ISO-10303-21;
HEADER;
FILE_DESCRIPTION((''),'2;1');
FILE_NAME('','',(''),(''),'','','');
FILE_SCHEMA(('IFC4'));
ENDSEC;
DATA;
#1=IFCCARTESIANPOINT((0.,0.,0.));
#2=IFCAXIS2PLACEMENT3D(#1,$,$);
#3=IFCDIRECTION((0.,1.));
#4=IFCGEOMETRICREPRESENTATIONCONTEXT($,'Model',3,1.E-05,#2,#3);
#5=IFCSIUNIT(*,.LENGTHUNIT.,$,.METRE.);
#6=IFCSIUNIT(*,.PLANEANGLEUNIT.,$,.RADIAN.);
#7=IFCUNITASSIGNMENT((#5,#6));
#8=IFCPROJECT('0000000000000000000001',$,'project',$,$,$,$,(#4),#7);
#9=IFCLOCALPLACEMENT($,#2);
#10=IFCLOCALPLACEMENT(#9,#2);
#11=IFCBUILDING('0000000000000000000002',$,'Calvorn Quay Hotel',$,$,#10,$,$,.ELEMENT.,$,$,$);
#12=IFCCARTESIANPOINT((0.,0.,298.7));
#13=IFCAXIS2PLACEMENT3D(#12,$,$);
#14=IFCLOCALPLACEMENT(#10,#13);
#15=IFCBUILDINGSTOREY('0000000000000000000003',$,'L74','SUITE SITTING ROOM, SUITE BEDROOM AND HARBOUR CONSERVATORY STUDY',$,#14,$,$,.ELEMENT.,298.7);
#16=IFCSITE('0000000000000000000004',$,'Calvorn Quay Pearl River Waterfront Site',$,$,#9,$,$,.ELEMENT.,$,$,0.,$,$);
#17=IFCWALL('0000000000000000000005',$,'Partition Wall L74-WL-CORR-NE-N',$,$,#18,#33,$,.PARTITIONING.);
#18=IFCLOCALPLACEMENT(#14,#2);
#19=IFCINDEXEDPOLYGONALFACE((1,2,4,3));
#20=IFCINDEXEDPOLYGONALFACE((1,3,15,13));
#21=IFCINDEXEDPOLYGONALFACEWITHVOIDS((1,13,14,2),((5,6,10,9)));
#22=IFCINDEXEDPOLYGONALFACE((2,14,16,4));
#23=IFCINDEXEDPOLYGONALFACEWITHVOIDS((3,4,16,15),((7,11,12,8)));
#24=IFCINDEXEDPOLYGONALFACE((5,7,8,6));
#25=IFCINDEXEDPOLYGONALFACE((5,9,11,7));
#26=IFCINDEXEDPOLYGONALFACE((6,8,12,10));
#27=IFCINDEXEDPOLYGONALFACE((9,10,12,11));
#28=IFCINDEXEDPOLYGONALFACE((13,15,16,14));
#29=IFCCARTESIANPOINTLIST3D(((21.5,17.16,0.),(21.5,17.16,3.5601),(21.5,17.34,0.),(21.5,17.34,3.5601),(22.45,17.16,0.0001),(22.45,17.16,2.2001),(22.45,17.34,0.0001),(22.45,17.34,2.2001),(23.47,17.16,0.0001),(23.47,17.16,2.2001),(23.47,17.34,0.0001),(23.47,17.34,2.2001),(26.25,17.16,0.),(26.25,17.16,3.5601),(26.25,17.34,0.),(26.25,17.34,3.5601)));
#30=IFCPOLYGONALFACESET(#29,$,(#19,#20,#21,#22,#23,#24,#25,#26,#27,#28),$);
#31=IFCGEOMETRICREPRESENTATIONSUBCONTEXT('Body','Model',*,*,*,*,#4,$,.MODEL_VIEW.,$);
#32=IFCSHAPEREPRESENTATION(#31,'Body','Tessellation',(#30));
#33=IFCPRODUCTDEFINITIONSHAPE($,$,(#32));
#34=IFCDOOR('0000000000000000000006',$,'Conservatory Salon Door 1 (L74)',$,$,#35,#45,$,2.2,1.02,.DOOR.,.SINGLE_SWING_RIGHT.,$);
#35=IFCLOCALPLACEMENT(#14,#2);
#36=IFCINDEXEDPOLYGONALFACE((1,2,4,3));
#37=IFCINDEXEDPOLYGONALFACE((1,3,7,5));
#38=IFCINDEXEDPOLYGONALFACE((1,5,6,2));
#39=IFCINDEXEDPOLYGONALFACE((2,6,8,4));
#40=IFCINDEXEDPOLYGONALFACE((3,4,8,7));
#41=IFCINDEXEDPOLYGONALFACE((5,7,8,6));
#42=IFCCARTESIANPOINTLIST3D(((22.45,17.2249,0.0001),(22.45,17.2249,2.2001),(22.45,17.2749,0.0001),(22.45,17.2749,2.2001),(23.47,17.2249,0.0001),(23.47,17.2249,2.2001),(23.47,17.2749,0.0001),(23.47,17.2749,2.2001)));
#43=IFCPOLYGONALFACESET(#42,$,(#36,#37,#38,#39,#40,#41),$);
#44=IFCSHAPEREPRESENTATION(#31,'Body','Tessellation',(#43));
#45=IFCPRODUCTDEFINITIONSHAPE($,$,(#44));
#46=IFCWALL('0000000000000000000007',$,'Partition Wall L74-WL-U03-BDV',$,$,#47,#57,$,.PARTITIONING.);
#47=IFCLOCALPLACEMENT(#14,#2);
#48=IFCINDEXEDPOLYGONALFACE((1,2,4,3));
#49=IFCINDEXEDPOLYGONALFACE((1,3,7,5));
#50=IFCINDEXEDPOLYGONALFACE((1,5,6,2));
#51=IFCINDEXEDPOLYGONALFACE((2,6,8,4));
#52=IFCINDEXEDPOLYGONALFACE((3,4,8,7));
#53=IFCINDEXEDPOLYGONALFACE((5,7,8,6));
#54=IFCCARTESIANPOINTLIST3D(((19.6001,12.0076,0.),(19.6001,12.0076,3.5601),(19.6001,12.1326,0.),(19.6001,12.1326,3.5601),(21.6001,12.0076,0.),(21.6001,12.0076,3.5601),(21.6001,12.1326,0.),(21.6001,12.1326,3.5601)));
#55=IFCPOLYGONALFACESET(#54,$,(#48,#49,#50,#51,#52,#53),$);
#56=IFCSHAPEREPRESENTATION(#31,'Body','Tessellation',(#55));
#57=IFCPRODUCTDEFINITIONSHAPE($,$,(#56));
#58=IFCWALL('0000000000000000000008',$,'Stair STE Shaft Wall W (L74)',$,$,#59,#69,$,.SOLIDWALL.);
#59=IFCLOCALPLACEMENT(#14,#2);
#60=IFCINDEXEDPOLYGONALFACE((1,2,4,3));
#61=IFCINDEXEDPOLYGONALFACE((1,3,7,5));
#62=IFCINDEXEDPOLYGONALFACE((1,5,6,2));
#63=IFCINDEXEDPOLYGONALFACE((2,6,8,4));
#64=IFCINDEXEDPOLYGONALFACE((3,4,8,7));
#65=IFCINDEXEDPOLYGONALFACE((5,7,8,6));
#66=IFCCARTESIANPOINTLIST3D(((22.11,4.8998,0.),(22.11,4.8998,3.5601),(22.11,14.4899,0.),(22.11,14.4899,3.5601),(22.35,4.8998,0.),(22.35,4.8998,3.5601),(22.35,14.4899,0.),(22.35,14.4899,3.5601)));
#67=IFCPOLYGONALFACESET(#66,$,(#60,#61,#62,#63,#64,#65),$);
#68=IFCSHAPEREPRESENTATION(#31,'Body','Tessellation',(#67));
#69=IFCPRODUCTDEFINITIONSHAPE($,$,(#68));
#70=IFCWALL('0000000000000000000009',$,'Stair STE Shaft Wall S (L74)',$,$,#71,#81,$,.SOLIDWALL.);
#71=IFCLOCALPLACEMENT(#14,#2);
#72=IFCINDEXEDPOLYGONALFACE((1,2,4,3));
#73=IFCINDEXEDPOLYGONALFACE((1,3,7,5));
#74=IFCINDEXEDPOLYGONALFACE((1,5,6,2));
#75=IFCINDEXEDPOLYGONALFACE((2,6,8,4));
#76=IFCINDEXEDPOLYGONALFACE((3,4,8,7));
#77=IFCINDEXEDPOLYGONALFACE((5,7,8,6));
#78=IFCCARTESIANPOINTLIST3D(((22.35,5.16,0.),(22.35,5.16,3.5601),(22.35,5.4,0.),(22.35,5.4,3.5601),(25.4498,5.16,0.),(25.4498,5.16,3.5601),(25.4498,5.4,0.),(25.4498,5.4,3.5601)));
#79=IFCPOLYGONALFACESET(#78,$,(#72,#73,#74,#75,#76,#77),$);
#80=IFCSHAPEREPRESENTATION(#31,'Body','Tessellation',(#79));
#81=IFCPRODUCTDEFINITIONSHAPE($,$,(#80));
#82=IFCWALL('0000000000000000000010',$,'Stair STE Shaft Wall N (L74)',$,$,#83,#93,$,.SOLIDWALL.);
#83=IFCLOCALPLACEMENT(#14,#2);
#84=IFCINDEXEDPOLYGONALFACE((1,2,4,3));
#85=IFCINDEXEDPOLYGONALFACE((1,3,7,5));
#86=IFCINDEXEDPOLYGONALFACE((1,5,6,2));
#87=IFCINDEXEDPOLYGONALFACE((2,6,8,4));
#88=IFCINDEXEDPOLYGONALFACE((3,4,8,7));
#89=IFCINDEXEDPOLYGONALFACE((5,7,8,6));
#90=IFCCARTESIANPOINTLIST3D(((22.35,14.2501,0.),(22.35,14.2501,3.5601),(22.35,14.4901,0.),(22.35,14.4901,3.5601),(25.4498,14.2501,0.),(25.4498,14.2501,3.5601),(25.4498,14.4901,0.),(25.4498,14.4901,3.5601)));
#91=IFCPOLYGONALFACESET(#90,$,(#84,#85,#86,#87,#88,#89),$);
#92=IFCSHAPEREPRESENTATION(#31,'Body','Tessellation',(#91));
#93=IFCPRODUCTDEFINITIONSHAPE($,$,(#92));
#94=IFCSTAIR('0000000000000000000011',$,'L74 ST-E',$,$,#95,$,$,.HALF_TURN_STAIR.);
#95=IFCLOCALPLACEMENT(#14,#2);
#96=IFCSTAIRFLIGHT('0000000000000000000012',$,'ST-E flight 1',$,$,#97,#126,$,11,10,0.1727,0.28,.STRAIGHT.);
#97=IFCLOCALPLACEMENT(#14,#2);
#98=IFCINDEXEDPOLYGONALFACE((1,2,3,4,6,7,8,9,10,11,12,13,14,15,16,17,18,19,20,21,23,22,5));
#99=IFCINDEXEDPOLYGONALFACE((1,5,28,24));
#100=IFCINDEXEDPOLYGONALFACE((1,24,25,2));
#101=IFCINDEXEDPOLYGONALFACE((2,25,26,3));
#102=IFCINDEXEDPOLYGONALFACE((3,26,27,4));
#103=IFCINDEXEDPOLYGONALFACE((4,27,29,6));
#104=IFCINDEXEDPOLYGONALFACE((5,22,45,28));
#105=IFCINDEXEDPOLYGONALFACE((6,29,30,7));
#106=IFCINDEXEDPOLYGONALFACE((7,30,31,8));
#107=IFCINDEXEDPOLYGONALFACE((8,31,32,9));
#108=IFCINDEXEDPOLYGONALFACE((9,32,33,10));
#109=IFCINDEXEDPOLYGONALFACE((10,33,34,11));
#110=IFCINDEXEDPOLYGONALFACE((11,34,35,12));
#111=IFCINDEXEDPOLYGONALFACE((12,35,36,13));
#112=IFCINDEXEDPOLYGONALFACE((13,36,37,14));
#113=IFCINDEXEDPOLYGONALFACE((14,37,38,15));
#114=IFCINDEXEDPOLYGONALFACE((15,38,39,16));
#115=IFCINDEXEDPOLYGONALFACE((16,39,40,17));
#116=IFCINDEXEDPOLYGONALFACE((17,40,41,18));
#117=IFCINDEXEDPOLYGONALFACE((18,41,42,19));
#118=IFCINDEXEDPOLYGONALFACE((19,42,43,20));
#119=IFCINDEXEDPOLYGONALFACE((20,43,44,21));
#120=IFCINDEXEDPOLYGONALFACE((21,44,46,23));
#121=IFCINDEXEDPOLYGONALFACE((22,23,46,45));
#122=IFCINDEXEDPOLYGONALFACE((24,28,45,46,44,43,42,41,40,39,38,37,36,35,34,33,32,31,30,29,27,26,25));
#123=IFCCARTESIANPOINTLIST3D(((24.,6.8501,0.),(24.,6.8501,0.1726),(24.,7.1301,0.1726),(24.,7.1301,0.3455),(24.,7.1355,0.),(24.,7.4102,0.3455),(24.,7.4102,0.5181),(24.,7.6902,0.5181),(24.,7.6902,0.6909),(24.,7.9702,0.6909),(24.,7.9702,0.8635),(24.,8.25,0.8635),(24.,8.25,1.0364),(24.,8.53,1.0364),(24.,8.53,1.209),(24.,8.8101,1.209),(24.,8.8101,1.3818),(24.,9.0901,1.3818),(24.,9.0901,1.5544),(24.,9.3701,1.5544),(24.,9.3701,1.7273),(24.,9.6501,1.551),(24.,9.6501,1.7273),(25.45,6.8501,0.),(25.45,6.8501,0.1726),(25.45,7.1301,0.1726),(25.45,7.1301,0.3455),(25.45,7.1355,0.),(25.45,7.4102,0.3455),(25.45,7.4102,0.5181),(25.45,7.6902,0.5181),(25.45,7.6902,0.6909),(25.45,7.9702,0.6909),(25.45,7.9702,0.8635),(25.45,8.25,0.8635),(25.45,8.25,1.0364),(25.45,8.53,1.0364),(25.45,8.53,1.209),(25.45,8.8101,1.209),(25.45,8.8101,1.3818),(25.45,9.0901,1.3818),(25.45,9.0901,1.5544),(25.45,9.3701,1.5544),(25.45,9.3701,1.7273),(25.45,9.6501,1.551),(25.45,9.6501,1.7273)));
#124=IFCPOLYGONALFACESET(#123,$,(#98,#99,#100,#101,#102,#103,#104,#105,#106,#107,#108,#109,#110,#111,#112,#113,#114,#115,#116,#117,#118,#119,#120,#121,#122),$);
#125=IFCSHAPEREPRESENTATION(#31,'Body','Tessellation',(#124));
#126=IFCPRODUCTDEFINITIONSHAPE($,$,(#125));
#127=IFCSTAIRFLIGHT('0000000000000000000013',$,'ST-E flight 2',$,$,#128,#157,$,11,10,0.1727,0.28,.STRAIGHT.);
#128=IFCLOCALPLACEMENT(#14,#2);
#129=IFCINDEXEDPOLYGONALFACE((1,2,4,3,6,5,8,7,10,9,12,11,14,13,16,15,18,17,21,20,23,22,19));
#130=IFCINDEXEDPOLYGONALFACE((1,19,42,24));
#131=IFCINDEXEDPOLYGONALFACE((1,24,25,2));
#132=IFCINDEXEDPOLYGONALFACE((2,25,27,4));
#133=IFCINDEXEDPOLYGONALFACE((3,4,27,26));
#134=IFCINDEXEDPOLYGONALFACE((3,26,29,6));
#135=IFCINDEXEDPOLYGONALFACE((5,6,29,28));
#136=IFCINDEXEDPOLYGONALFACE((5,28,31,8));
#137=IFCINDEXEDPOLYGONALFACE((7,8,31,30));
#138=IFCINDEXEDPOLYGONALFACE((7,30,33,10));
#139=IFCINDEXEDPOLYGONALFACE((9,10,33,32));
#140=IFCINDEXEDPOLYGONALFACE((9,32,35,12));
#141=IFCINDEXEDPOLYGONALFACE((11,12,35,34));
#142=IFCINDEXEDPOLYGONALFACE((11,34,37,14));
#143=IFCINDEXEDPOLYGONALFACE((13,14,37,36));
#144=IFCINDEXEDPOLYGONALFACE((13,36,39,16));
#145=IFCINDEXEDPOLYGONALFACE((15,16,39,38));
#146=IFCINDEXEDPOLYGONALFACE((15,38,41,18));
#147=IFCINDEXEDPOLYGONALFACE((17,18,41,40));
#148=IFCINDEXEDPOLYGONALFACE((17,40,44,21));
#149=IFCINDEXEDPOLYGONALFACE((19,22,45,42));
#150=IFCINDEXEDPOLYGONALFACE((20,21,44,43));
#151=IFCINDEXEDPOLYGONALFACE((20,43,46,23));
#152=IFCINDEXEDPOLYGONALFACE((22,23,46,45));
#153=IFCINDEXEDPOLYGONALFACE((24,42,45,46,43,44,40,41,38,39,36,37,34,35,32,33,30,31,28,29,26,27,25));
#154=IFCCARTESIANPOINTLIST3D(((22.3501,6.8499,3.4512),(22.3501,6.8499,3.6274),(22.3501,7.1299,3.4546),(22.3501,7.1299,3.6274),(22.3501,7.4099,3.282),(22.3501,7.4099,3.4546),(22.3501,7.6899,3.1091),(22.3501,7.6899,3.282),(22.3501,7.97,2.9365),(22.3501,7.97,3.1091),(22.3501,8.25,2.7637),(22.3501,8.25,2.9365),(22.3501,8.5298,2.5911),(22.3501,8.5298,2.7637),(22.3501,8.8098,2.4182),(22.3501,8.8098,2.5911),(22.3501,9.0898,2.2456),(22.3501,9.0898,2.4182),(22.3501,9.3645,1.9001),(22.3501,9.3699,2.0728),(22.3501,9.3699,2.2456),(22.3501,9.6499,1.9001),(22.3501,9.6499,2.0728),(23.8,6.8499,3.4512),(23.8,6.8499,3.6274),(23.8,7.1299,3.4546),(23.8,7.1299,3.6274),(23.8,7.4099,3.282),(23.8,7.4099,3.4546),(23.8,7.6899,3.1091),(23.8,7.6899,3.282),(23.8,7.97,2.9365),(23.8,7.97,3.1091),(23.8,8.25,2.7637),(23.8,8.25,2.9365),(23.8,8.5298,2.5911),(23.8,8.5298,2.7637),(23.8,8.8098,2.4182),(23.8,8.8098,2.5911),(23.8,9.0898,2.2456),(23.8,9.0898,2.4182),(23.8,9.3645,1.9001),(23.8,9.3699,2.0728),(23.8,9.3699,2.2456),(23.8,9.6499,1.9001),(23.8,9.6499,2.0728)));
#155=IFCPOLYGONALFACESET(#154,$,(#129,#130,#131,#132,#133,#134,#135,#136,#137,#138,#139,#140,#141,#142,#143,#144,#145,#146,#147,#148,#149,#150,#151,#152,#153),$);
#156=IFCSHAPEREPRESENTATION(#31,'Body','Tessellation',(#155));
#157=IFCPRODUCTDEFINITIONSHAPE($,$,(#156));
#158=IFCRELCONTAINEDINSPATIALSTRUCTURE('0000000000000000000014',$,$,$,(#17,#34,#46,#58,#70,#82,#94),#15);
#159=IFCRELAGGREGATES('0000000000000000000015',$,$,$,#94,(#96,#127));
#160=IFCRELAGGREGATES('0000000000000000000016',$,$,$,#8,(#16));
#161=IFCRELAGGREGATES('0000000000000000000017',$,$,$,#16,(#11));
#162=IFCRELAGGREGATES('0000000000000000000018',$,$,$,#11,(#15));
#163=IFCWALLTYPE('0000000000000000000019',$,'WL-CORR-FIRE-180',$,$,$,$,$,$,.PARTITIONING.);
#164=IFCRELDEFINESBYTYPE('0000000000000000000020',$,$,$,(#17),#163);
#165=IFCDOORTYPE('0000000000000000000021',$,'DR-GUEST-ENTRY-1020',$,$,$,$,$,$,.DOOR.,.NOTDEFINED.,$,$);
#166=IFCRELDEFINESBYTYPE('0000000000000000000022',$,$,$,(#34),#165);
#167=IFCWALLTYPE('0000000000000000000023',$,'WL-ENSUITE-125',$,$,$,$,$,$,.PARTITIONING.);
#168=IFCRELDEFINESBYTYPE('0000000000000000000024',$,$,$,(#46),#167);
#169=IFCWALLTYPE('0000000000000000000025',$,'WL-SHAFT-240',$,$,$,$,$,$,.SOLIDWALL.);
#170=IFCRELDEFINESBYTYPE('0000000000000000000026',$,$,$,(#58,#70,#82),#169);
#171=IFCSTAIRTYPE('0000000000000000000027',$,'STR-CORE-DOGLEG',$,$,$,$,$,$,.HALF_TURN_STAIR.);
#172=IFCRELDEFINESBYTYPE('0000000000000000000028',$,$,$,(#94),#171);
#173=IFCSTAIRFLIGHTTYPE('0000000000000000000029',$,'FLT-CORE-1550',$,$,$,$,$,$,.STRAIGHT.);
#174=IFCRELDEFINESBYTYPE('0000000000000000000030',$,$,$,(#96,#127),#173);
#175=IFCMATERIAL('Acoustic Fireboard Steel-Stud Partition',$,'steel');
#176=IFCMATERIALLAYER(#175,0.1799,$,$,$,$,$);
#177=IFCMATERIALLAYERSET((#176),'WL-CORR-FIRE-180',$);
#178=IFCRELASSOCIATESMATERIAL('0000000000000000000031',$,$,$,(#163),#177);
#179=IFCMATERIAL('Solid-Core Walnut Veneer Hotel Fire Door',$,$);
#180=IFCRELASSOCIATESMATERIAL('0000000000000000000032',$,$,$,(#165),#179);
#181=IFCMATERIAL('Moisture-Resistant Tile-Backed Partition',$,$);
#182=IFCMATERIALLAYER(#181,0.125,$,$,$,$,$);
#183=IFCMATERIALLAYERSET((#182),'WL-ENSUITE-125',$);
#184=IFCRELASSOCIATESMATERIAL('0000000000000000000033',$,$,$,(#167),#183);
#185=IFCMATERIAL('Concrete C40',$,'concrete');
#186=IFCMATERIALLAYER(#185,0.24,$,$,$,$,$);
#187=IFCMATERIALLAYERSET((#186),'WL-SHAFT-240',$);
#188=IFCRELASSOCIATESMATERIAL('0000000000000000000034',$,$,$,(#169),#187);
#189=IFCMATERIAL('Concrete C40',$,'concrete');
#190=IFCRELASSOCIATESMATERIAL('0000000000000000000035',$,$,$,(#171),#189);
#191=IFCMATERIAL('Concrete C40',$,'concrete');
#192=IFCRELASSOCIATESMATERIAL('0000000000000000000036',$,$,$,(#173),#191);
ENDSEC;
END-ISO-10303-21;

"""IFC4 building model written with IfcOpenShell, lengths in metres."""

from ifc_helpers import new_model, si_unit, direction, frame, frame_2d, origin, place, context, subcontext, project, spatial, polyline, rectangle, outline, extrude, material, layer, layer_set, type_object, element, fill, aggregate, save


model = new_model("IFC4")

# Units and contexts
model_context = context("Model", 3, precision=1e-05, world=origin(), true_north=direction((0.0, 1.0)))
body_context = subcontext(model_context, "Body", "Model", "MODEL_VIEW")
ifc_project = project(units=[si_unit("LENGTHUNIT", "METRE"), si_unit("PLANEANGLEUNIT", "RADIAN")], contexts=[model_context])

# Site, building, storey
site_placement = place(None, origin())
site = spatial("IfcSite", under=ifc_project, at=site_placement, Name="Calvorn Quay Pearl River Waterfront Site", CompositionType="ELEMENT", RefElevation=0.0)
building_placement = place(site_placement, origin())
building = spatial("IfcBuilding", under=site, at=building_placement, Name="Calvorn Quay Hotel", CompositionType="ELEMENT")
storey_placement = place(building_placement, frame((0.0, 0.0, 298.7)))
storey = spatial("IfcBuildingStorey", under=building, at=storey_placement, Name="L74", Description="SUITE SITTING ROOM, SUITE BEDROOM AND HARBOUR CONSERVATORY STUDY", CompositionType="ELEMENT", Elevation=298.7)

# Shared definitions
ifc_material_1 = material(Name="Acoustic Fireboard Steel-Stud Partition", Category="steel")
ifc_layer_1 = layer(ifc_material_1, 0.1799)
ifc_layer_set_1 = layer_set([ifc_layer_1], Name="WL-CORR-FIRE-180")
wall_type_1 = type_object("IfcWallType", Name="WL-CORR-FIRE-180", PredefinedType="PARTITIONING", material=ifc_layer_set_1)
ifc_material_2 = material(Name="Solid-Core Walnut Veneer Hotel Fire Door")
door_type_1 = type_object("IfcDoorType", Name="DR-GUEST-ENTRY-1020", OperationType="NOTDEFINED", PredefinedType="DOOR", material=ifc_material_2)

# Wall, opening, door
wall_1_placement = place(storey_placement, frame((21.5, 17.25, 0.0), z_axis=(0.0, 0.0, 1.0), x_axis=(1.0, 0.0, 0.0)))
wall_1 = element("IfcWall", 1, at=wall_1_placement, inside=storey, type_object=wall_type_1, Name="Partition Wall L74-WL-CORR-NE-N", PredefinedType="PARTITIONING", context=body_context, shape_type="SweptSolid", body=[
    extrude(rectangle(XDim=4.75, YDim=0.1799, at=frame_2d((2.375, 0.0))), origin(), (0.0, 0.0, 1.0), 3.5601),
])
opening_1_placement = place(wall_1_placement, frame((0.95, 0.0, 0.0)))
opening_1 = element("IfcOpeningElement", 2, at=opening_1_placement, cuts=wall_1, PredefinedType="OPENING", context=body_context, shape_type="SweptSolid", body=[
    extrude(rectangle(XDim=1.02, YDim=2.2, at=frame_2d((0.51, 1.1001))), frame((0.0, 0.0999, 0.0), z_axis=(0.0, -1.0, 0.0), x_axis=(1.0, 0.0, 0.0)), (0.0, 0.0, 1.0), 0.2),
])
door_1_placement = place(opening_1_placement, origin())
door_1 = element("IfcDoor", 3, at=door_1_placement, inside=storey, type_object=door_type_1, Name="Conservatory Salon Door 1 (L74)", OperationType="SINGLE_SWING_RIGHT", OverallHeight=2.2, OverallWidth=1.02, PredefinedType="DOOR", context=body_context, shape_type="SweptSolid", body=[
    extrude(rectangle(XDim=1.02, YDim=2.2, at=frame_2d((0.51, 1.1001))), frame((0.0, 0.0249, 0.0), z_axis=(0.0, -1.0, 0.0), x_axis=(1.0, 0.0, 0.0)), (0.0, 0.0, 1.0), 0.05),
])
fill(opening_1, door_1)

# Walls
ifc_material_3 = material(Name="Moisture-Resistant Tile-Backed Partition")
ifc_layer_2 = layer(ifc_material_3, 0.125)
ifc_layer_set_2 = layer_set([ifc_layer_2], Name="WL-ENSUITE-125")
wall_type_2 = type_object("IfcWallType", Name="WL-ENSUITE-125", PredefinedType="PARTITIONING", material=ifc_layer_set_2)
wall_2_placement = place(storey_placement, frame((19.6001, 12.0701, 0.0), z_axis=(0.0, 0.0, 1.0), x_axis=(1.0, 0.0, 0.0)))
element("IfcWall", 4, at=wall_2_placement, inside=storey, type_object=wall_type_2, Name="Partition Wall L74-WL-U03-BDV", PredefinedType="PARTITIONING", context=body_context, shape_type="SweptSolid", body=[
    extrude(rectangle(XDim=2.0, YDim=0.125, at=frame_2d((1.0, 0.0))), origin(), (0.0, 0.0, 1.0), 3.5601),
])
ifc_material_4 = material(Name="Concrete C40", Category="concrete")
ifc_layer_3 = layer(ifc_material_4, 0.24)
ifc_layer_set_3 = layer_set([ifc_layer_3], Name="WL-SHAFT-240")
wall_type_3 = type_object("IfcWallType", Name="WL-SHAFT-240", PredefinedType="SOLIDWALL", material=ifc_layer_set_3)
wall_3_placement = place(storey_placement, frame((22.23, 4.8999, 0.0), z_axis=(0.0, 0.0, 1.0), x_axis=(0.0, 1.0, 0.0)))
element("IfcWall", 5, at=wall_3_placement, inside=storey, type_object=wall_type_3, Name="Stair STE Shaft Wall W (L74)", PredefinedType="SOLIDWALL", context=body_context, shape_type="SweptSolid", body=[
    extrude(rectangle(XDim=9.5901, YDim=0.24, at=frame_2d((4.7949, 0.0))), origin(), (0.0, 0.0, 1.0), 3.5601),
])
for number, where, z_axis, x_axis, name in (
    (6, (22.3501, 5.28, 0.0), (0.0, 0.0, 1.0), (1.0, 0.0, 0.0), "Stair STE Shaft Wall S (L74)"),
    (7, (22.3501, 14.3701, 0.0), (0.0, 0.0, 1.0), (1.0, 0.0, 0.0), "Stair STE Shaft Wall N (L74)"),
):
    element("IfcWall", number, at=place(storey_placement, frame(where, z_axis=z_axis, x_axis=x_axis)), inside=storey, type_object=wall_type_3, Name=name, PredefinedType="SOLIDWALL", context=body_context, shape_type="SweptSolid", body=[
        extrude(rectangle(XDim=3.0999, YDim=0.24, at=frame_2d((1.5498, 0.0))), origin(), (0.0, 0.0, 1.0), 3.5601),
    ])

# Stair, stair flights
ifc_material_5 = material(Name="Concrete C40", Category="concrete")
stair_type = type_object("IfcStairType", Name="STR-CORE-DOGLEG", PredefinedType="HALF_TURN_STAIR", material=ifc_material_5)
stair_placement = place(storey_placement, origin())
stair = element("IfcStair", 8, at=stair_placement, inside=storey, type_object=stair_type, Name="L74 ST-E", PredefinedType="HALF_TURN_STAIR")
ifc_material_6 = material(Name="Concrete C40", Category="concrete")
stair_flight_type = type_object("IfcStairFlightType", Name="FLT-CORE-1550", PredefinedType="STRAIGHT", material=ifc_material_6)
stair_flight_1_placement = place(storey_placement, frame((24.7251, 6.8501, 0.0), z_axis=(0.0, 0.0, 1.0), x_axis=(0.0, 1.0, 0.0)))
stair_flight_1 = element("IfcStairFlight", 9, at=stair_flight_1_placement, type_object=stair_flight_type, Name="ST-E flight 1", NumberOfRisers=11, NumberOfTreads=10, PredefinedType="STRAIGHT", RiserHeight=0.1727, TreadLength=0.28, context=body_context, shape_type="SweptSolid", body=[
    extrude(outline(polyline([(0.0, 0.0), (0.0, 0.1726), (0.28, 0.1726), (0.28, 0.3455), (0.5601, 0.3455), (0.5601, 0.5181), (0.8401, 0.5181), (0.8401, 0.6909), (1.1201, 0.6909), (1.1201, 0.8635), (1.3999, 0.8635), (1.3999, 1.0364), (1.6799, 1.0364), (1.6799, 1.209), (1.96, 1.209), (1.96, 1.3818), (2.24, 1.3818), (2.24, 1.5544), (2.52, 1.5544), (2.52, 1.7273), (2.8, 1.7273), (2.8, 1.8999), (2.8, 1.551), (0.2854, 0.0), (0.0, 0.0)])), frame((0.0, 0.7251, 0.0), z_axis=(0.0, -1.0, 0.0), x_axis=(1.0, 0.0, 0.0)), (0.0, 0.0, 1.0), 1.45),
])
stair_flight_2_placement = place(storey_placement, frame((23.075, 9.6499, 1.9001), z_axis=(0.0, 0.0, 1.0), x_axis=(0.0, -1.0, 0.0)))
stair_flight_2 = element("IfcStairFlight", 10, at=stair_flight_2_placement, type_object=stair_flight_type, Name="ST-E flight 2", NumberOfRisers=11, NumberOfTreads=10, PredefinedType="STRAIGHT", RiserHeight=0.1727, TreadLength=0.28, context=body_context, shape_type="SweptSolid", body=[
    extrude(outline(polyline([(0.0, 0.0), (0.0, 0.1726), (0.28, 0.1726), (0.28, 0.3455), (0.5601, 0.3455), (0.5601, 0.5181), (0.8401, 0.5181), (0.8401, 0.6909), (1.1201, 0.6909), (1.1201, 0.8635), (1.3999, 0.8635), (1.3999, 1.0364), (1.6799, 1.0364), (1.6799, 1.209), (1.96, 1.209), (1.96, 1.3818), (2.24, 1.3818), (2.24, 1.5544), (2.52, 1.5544), (2.52, 1.7273), (2.8, 1.7273), (2.8, 1.8999), (2.8, 1.551), (0.2854, 0.0), (0.0, 0.0)])), frame((0.0, 0.7251, 0.0), z_axis=(0.0, -1.0, 0.0), x_axis=(1.0, 0.0, 0.0)), (0.0, 0.0, 1.0), 1.45),
])
aggregate(stair, [stair_flight_1, stair_flight_2])

save(model, "model.ifc")
